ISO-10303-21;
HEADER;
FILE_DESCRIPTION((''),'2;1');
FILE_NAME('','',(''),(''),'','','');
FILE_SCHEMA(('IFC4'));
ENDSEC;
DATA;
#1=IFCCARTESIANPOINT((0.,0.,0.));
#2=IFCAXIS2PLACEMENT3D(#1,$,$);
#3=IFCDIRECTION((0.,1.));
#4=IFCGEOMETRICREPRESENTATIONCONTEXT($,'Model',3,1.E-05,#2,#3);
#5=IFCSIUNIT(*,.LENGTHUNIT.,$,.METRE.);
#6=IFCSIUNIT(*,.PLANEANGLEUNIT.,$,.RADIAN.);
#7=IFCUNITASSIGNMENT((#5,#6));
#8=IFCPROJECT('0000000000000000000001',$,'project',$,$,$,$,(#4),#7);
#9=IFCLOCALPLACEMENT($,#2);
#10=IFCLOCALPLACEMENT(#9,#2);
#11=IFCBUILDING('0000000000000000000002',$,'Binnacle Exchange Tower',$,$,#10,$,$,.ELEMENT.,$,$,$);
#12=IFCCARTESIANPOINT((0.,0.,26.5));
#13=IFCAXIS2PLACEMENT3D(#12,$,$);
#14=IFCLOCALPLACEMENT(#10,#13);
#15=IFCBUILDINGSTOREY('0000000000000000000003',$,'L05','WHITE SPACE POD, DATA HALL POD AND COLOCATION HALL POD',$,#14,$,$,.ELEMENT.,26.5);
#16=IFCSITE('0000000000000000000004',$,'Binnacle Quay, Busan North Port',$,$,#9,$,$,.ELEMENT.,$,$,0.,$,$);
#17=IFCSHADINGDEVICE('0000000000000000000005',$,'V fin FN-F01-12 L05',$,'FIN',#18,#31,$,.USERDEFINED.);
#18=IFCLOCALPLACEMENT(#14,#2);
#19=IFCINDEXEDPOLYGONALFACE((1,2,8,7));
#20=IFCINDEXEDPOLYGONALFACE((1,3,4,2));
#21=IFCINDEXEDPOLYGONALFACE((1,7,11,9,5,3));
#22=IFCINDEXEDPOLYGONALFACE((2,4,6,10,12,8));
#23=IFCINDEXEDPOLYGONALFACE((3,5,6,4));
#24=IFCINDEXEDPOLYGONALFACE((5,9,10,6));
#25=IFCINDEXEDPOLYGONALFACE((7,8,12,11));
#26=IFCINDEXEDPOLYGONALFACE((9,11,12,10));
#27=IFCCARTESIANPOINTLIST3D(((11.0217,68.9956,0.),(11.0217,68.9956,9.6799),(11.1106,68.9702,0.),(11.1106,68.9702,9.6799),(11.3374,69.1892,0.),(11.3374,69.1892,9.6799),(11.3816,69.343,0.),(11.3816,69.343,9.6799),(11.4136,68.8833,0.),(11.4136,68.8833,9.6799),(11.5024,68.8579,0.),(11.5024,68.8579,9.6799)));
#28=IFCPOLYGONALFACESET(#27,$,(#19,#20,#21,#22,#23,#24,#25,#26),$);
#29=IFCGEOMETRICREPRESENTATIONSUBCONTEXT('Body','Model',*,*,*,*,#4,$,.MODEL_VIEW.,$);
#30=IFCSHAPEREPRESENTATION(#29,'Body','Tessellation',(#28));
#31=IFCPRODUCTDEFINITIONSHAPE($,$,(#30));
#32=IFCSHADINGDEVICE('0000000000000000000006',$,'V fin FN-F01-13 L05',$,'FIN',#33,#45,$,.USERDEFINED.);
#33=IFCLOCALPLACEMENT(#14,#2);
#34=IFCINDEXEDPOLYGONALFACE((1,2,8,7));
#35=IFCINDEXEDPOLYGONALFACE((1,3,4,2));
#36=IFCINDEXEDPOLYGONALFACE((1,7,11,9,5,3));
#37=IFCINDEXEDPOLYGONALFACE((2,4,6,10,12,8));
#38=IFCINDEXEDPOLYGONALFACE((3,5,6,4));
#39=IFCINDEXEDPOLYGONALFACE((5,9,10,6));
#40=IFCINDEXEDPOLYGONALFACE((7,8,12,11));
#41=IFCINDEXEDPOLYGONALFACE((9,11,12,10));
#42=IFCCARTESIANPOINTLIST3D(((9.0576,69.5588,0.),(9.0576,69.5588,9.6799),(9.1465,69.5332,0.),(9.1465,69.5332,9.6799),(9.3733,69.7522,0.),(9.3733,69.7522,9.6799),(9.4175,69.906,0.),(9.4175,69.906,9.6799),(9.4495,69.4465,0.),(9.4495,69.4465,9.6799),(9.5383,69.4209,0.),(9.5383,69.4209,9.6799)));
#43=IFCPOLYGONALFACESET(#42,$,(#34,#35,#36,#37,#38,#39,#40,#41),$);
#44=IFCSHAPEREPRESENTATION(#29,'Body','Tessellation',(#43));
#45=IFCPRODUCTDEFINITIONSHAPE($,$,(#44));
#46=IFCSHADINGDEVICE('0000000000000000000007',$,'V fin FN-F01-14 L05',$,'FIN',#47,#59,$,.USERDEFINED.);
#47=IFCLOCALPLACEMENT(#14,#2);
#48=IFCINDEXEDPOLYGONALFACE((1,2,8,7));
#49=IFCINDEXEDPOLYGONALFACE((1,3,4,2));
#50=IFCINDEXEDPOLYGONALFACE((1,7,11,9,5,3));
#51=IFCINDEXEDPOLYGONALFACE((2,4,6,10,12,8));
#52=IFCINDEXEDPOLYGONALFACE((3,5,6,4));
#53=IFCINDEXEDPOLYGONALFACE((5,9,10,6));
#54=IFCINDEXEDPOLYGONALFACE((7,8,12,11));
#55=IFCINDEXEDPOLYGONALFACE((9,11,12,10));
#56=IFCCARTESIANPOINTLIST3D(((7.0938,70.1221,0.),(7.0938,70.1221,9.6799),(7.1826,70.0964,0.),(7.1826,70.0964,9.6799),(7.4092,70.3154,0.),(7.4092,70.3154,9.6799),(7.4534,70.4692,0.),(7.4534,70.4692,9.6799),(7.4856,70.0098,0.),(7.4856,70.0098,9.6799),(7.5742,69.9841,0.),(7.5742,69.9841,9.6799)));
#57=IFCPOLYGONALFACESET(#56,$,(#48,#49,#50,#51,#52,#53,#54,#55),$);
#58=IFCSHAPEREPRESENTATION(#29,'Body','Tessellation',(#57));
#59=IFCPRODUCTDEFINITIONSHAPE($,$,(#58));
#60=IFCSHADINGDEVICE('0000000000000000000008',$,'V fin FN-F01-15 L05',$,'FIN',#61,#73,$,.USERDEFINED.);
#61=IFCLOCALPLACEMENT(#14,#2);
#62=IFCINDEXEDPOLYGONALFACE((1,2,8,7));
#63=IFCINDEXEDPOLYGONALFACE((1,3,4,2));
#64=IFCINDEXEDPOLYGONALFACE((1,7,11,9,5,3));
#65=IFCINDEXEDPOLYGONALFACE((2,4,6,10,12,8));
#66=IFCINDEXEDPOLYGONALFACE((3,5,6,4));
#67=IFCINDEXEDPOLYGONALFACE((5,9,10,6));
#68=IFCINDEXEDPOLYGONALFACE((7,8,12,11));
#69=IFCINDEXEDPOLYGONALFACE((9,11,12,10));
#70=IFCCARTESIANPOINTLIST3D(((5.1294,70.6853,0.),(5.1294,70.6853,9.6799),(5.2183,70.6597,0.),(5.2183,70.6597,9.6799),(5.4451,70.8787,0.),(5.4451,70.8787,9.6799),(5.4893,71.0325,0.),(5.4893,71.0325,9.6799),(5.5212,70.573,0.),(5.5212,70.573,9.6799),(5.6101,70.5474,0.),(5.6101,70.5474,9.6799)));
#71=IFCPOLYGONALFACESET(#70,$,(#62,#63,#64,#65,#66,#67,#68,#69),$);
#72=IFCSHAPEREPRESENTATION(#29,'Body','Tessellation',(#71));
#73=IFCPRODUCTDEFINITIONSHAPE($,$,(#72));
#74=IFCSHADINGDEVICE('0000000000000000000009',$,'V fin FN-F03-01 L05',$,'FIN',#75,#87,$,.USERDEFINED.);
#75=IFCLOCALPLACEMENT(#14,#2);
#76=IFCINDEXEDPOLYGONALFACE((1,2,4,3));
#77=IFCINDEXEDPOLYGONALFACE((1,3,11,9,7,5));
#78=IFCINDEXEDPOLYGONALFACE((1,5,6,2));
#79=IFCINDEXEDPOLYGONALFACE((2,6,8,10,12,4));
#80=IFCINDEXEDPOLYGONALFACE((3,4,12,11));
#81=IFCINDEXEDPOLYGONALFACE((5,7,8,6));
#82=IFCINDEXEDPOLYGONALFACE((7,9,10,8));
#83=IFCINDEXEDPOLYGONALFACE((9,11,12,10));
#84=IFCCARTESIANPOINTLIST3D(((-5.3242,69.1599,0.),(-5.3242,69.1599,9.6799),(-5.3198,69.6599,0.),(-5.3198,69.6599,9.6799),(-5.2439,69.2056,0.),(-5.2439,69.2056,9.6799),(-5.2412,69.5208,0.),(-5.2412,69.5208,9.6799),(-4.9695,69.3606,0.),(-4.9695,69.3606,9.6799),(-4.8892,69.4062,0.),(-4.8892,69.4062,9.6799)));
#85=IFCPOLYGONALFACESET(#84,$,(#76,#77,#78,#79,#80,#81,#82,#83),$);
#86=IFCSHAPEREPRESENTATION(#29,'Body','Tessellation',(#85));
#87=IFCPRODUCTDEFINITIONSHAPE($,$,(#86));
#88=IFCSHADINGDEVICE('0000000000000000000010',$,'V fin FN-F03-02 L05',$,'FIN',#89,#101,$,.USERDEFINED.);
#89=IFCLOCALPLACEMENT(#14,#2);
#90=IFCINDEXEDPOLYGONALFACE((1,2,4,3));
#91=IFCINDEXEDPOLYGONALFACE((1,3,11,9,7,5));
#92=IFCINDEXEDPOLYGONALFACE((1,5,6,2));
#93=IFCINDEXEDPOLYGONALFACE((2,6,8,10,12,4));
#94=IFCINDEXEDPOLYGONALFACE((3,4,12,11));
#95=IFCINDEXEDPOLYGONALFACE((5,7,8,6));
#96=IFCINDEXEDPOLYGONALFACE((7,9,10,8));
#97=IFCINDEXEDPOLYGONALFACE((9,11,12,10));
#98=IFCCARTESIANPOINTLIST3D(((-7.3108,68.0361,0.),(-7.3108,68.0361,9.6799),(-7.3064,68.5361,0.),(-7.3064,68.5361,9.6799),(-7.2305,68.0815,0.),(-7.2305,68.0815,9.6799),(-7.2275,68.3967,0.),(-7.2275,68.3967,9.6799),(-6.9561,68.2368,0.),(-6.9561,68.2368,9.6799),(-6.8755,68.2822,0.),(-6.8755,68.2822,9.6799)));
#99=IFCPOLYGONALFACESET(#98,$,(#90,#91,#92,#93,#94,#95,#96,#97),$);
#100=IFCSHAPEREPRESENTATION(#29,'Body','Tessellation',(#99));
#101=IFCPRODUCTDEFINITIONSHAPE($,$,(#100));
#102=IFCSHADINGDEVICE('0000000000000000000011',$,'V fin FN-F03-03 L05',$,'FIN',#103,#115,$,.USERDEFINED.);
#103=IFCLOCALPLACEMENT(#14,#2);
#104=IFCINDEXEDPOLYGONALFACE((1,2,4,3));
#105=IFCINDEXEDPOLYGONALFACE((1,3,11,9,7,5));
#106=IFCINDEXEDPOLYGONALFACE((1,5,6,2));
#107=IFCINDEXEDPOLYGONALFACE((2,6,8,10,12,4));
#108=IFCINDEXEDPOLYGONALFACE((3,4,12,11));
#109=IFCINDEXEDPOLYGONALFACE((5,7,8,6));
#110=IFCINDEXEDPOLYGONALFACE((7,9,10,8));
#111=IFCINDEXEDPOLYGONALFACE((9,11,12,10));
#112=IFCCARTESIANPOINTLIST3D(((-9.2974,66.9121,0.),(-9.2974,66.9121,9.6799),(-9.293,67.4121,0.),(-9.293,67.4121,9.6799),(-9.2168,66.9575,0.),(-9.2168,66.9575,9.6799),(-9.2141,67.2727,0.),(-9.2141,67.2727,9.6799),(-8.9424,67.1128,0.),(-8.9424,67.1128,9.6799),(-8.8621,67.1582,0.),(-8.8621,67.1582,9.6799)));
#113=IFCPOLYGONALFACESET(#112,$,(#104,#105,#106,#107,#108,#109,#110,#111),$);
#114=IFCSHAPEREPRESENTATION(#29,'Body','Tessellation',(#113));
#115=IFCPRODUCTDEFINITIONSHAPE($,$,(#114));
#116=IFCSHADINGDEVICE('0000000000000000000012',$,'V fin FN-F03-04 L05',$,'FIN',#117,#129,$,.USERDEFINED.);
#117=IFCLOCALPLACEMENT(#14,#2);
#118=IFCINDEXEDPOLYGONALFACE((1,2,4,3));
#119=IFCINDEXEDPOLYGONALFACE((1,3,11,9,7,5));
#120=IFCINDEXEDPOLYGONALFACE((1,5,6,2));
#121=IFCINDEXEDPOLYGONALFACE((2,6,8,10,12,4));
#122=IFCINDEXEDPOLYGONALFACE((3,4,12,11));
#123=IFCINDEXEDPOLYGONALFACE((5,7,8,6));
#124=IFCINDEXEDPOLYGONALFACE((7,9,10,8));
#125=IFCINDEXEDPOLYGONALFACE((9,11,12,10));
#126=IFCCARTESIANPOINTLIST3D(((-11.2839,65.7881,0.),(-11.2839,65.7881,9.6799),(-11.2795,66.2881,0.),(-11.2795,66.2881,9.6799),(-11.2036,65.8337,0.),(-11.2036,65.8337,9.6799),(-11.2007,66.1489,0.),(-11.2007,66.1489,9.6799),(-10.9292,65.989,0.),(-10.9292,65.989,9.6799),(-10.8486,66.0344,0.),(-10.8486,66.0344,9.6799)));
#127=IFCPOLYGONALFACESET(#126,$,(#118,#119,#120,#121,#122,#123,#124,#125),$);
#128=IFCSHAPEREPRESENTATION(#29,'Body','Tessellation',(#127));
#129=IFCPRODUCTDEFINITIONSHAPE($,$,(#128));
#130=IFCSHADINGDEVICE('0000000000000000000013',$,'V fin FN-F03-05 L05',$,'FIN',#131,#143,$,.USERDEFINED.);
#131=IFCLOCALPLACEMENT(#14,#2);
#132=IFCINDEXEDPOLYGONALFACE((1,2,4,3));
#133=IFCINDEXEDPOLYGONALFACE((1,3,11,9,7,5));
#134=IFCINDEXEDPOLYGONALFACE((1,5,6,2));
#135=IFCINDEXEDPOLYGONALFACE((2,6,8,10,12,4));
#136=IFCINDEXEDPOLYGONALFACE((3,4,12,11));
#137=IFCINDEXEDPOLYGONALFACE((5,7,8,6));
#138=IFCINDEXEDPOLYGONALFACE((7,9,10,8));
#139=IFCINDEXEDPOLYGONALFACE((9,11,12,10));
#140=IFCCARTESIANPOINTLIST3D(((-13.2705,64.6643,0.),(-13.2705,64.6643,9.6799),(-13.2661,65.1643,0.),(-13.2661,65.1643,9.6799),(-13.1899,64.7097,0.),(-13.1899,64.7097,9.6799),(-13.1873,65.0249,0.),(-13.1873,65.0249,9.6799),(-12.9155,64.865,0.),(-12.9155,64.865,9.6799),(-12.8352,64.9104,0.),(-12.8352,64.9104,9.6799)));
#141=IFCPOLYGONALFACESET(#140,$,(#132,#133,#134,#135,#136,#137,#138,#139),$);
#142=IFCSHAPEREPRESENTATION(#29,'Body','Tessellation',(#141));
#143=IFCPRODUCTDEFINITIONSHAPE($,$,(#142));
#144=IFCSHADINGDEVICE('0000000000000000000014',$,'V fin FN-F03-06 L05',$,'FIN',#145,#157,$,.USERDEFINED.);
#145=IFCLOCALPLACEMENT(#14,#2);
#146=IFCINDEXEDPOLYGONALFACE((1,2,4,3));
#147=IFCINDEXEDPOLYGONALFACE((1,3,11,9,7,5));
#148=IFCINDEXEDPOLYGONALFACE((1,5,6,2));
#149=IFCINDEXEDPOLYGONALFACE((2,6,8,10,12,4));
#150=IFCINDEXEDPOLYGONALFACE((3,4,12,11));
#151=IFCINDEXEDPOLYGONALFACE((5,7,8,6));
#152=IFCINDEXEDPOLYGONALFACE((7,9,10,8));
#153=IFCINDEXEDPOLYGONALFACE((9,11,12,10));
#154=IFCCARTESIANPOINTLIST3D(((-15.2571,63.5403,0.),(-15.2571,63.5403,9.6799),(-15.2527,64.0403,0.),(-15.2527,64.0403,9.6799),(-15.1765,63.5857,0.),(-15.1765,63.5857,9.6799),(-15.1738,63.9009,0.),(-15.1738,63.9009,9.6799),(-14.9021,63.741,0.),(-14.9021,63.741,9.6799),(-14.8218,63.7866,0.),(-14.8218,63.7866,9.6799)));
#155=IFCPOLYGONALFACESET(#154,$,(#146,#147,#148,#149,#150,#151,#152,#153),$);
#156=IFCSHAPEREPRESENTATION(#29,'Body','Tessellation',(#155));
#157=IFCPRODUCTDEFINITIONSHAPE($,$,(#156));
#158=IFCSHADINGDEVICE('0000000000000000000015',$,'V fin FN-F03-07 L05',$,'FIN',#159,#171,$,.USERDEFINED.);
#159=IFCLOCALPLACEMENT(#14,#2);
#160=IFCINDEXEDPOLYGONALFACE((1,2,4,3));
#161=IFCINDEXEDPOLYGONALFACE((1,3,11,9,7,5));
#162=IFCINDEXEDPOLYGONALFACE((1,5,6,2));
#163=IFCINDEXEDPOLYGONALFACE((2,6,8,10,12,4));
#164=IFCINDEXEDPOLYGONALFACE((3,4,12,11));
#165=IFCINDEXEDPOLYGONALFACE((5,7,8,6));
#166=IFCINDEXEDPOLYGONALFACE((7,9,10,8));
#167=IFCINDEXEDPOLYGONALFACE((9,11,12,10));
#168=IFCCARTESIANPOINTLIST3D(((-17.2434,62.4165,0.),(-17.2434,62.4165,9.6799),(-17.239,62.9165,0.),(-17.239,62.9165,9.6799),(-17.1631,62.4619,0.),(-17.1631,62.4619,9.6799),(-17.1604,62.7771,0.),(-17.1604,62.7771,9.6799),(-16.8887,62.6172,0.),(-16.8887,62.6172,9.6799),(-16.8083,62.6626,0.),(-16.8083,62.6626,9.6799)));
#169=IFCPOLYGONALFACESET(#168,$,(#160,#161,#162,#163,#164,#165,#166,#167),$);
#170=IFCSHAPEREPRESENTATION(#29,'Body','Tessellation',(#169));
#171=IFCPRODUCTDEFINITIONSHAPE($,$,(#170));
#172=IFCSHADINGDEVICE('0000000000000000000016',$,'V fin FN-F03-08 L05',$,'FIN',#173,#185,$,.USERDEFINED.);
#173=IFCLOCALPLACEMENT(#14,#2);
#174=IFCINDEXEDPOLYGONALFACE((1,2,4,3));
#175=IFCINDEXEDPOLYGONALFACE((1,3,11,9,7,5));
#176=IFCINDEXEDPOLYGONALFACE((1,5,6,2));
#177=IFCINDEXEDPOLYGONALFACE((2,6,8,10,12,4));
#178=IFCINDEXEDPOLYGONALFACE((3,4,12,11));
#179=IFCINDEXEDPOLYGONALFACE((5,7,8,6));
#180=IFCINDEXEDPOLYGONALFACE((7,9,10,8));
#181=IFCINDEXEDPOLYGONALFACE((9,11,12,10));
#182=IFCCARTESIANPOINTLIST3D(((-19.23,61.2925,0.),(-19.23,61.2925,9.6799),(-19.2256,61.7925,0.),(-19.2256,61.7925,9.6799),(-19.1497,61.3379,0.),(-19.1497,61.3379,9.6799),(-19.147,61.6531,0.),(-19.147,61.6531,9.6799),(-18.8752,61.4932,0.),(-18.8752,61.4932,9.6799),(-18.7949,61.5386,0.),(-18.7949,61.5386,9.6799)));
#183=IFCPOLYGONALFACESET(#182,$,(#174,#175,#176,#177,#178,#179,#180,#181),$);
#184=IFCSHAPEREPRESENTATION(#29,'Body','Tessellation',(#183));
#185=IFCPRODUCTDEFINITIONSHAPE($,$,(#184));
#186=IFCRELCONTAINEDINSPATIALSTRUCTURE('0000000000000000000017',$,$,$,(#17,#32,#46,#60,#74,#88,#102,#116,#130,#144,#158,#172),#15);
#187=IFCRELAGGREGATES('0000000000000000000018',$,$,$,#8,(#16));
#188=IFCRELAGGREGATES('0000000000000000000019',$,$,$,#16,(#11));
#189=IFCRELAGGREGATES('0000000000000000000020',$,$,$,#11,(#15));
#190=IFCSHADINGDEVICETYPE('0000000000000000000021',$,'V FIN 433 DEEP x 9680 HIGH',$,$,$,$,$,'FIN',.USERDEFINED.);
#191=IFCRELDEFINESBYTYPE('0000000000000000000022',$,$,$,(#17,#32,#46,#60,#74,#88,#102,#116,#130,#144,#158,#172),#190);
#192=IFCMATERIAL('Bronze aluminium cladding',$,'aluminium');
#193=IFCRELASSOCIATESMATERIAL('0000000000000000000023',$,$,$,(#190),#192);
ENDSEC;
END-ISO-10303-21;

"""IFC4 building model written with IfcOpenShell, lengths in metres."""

from ifc_helpers import new_model, si_unit, direction, frame, origin, place, context, subcontext, project, spatial, polyline, outline, extrude, material, type_object, element, save


model = new_model("IFC4")

# Units and contexts
model_context = context("Model", 3, precision=1e-05, world=origin(), true_north=direction((0.0, 1.0)))
body_context = subcontext(model_context, "Body", "Model", "MODEL_VIEW")
ifc_project = project(units=[si_unit("LENGTHUNIT", "METRE"), si_unit("PLANEANGLEUNIT", "RADIAN")], contexts=[model_context])

# Site, building, storey
site_placement = place(None, origin())
site = spatial("IfcSite", under=ifc_project, at=site_placement, Name="Binnacle Quay, Busan North Port", CompositionType="ELEMENT", RefElevation=0.0)
building_placement = place(site_placement, origin())
building = spatial("IfcBuilding", under=site, at=building_placement, Name="Binnacle Exchange Tower", CompositionType="ELEMENT")
storey_placement = place(building_placement, frame((0.0, 0.0, 26.5)))
storey = spatial("IfcBuildingStorey", under=building, at=storey_placement, Name="L05", Description="WHITE SPACE POD, DATA HALL POD AND COLOCATION HALL POD", CompositionType="ELEMENT", Elevation=26.5)

# Shading devices
ifc_material = material(Name="Bronze aluminium cladding", Category="aluminium")
shading_device_type = type_object("IfcShadingDeviceType", Name="V FIN 433 DEEP x 9680 HIGH", ElementType="FIN", PredefinedType="USERDEFINED", material=ifc_material)
shading_device_1_placement = place(storey_placement, origin())
element("IfcShadingDevice", 1, at=shading_device_1_placement, inside=storey, type_object=shading_device_type, Name="V fin FN-F01-12 L05", ObjectType="FIN", PredefinedType="USERDEFINED", context=body_context, shape_type="SweptSolid", body=[
    extrude(outline(polyline([(11.5024, 68.8579), (11.3816, 69.343), (11.0217, 68.9956), (11.1106, 68.9702), (11.3374, 69.1892), (11.4136, 68.8833), (11.5024, 68.8579)])), origin(), (0.0, 0.0, 1.0), 9.6799),
])
shading_device_2_placement = place(storey_placement, origin())
element("IfcShadingDevice", 2, at=shading_device_2_placement, inside=storey, type_object=shading_device_type, Name="V fin FN-F01-13 L05", ObjectType="FIN", PredefinedType="USERDEFINED", context=body_context, shape_type="SweptSolid", body=[
    extrude(outline(polyline([(9.5383, 69.4209), (9.4175, 69.906), (9.0576, 69.5588), (9.1465, 69.5332), (9.3733, 69.7522), (9.4495, 69.4465), (9.5383, 69.4209)])), origin(), (0.0, 0.0, 1.0), 9.6799),
])
shading_device_3_placement = place(storey_placement, origin())
element("IfcShadingDevice", 3, at=shading_device_3_placement, inside=storey, type_object=shading_device_type, Name="V fin FN-F01-14 L05", ObjectType="FIN", PredefinedType="USERDEFINED", context=body_context, shape_type="SweptSolid", body=[
    extrude(outline(polyline([(7.5742, 69.9841), (7.4534, 70.4692), (7.0938, 70.1221), (7.1826, 70.0964), (7.4092, 70.3154), (7.4856, 70.0098), (7.5742, 69.9841)])), origin(), (0.0, 0.0, 1.0), 9.6799),
])
shading_device_4_placement = place(storey_placement, origin())
element("IfcShadingDevice", 4, at=shading_device_4_placement, inside=storey, type_object=shading_device_type, Name="V fin FN-F01-15 L05", ObjectType="FIN", PredefinedType="USERDEFINED", context=body_context, shape_type="SweptSolid", body=[
    extrude(outline(polyline([(5.6101, 70.5474), (5.4893, 71.0325), (5.1294, 70.6853), (5.2183, 70.6597), (5.4451, 70.8787), (5.5212, 70.573), (5.6101, 70.5474)])), origin(), (0.0, 0.0, 1.0), 9.6799),
])
shading_device_5_placement = place(storey_placement, origin())
element("IfcShadingDevice", 5, at=shading_device_5_placement, inside=storey, type_object=shading_device_type, Name="V fin FN-F03-01 L05", ObjectType="FIN", PredefinedType="USERDEFINED", context=body_context, shape_type="SweptSolid", body=[
    extrude(outline(polyline([(-4.8892, 69.4062), (-5.3198, 69.6599), (-5.3242, 69.1599), (-5.2439, 69.2056), (-5.2412, 69.5208), (-4.9695, 69.3606), (-4.8892, 69.4062)])), origin(), (0.0, 0.0, 1.0), 9.6799),
])
shading_device_6_placement = place(storey_placement, origin())
element("IfcShadingDevice", 6, at=shading_device_6_placement, inside=storey, type_object=shading_device_type, Name="V fin FN-F03-02 L05", ObjectType="FIN", PredefinedType="USERDEFINED", context=body_context, shape_type="SweptSolid", body=[
    extrude(outline(polyline([(-6.8755, 68.2822), (-7.3064, 68.5361), (-7.3108, 68.0361), (-7.2305, 68.0815), (-7.2275, 68.3967), (-6.9561, 68.2368), (-6.8755, 68.2822)])), origin(), (0.0, 0.0, 1.0), 9.6799),
])
shading_device_7_placement = place(storey_placement, origin())
element("IfcShadingDevice", 7, at=shading_device_7_placement, inside=storey, type_object=shading_device_type, Name="V fin FN-F03-03 L05", ObjectType="FIN", PredefinedType="USERDEFINED", context=body_context, shape_type="SweptSolid", body=[
    extrude(outline(polyline([(-8.8621, 67.1582), (-9.293, 67.4121), (-9.2974, 66.9121), (-9.2168, 66.9575), (-9.2141, 67.2727), (-8.9424, 67.1128), (-8.8621, 67.1582)])), origin(), (0.0, 0.0, 1.0), 9.6799),
])
shading_device_8_placement = place(storey_placement, origin())
element("IfcShadingDevice", 8, at=shading_device_8_placement, inside=storey, type_object=shading_device_type, Name="V fin FN-F03-04 L05", ObjectType="FIN", PredefinedType="USERDEFINED", context=body_context, shape_type="SweptSolid", body=[
    extrude(outline(polyline([(-10.8486, 66.0344), (-11.2795, 66.2881), (-11.2839, 65.7881), (-11.2036, 65.8337), (-11.2007, 66.1489), (-10.9292, 65.989), (-10.8486, 66.0344)])), origin(), (0.0, 0.0, 1.0), 9.6799),
])
shading_device_9_placement = place(storey_placement, origin())
element("IfcShadingDevice", 9, at=shading_device_9_placement, inside=storey, type_object=shading_device_type, Name="V fin FN-F03-05 L05", ObjectType="FIN", PredefinedType="USERDEFINED", context=body_context, shape_type="SweptSolid", body=[
    extrude(outline(polyline([(-12.8352, 64.9104), (-13.2661, 65.1643), (-13.2705, 64.6643), (-13.1899, 64.7097), (-13.1873, 65.0249), (-12.9155, 64.865), (-12.8352, 64.9104)])), origin(), (0.0, 0.0, 1.0), 9.6799),
])
shading_device_10_placement = place(storey_placement, origin())
element("IfcShadingDevice", 10, at=shading_device_10_placement, inside=storey, type_object=shading_device_type, Name="V fin FN-F03-06 L05", ObjectType="FIN", PredefinedType="USERDEFINED", context=body_context, shape_type="SweptSolid", body=[
    extrude(outline(polyline([(-14.8218, 63.7866), (-15.2527, 64.0403), (-15.2571, 63.5403), (-15.1765, 63.5857), (-15.1738, 63.9009), (-14.9021, 63.741), (-14.8218, 63.7866)])), origin(), (0.0, 0.0, 1.0), 9.6799),
])
shading_device_11_placement = place(storey_placement, origin())
element("IfcShadingDevice", 11, at=shading_device_11_placement, inside=storey, type_object=shading_device_type, Name="V fin FN-F03-07 L05", ObjectType="FIN", PredefinedType="USERDEFINED", context=body_context, shape_type="SweptSolid", body=[
    extrude(outline(polyline([(-16.8083, 62.6626), (-17.239, 62.9165), (-17.2434, 62.4165), (-17.1631, 62.4619), (-17.1604, 62.7771), (-16.8887, 62.6172), (-16.8083, 62.6626)])), origin(), (0.0, 0.0, 1.0), 9.6799),
])
shading_device_12_placement = place(storey_placement, origin())
element("IfcShadingDevice", 12, at=shading_device_12_placement, inside=storey, type_object=shading_device_type, Name="V fin FN-F03-08 L05", ObjectType="FIN", PredefinedType="USERDEFINED", context=body_context, shape_type="SweptSolid", body=[
    extrude(outline(polyline([(-18.7949, 61.5386), (-19.2256, 61.7925), (-19.23, 61.2925), (-19.1497, 61.3379), (-19.147, 61.6531), (-18.8752, 61.4932), (-18.7949, 61.5386)])), origin(), (0.0, 0.0, 1.0), 9.6799),
])

save(model, "model.ifc")
